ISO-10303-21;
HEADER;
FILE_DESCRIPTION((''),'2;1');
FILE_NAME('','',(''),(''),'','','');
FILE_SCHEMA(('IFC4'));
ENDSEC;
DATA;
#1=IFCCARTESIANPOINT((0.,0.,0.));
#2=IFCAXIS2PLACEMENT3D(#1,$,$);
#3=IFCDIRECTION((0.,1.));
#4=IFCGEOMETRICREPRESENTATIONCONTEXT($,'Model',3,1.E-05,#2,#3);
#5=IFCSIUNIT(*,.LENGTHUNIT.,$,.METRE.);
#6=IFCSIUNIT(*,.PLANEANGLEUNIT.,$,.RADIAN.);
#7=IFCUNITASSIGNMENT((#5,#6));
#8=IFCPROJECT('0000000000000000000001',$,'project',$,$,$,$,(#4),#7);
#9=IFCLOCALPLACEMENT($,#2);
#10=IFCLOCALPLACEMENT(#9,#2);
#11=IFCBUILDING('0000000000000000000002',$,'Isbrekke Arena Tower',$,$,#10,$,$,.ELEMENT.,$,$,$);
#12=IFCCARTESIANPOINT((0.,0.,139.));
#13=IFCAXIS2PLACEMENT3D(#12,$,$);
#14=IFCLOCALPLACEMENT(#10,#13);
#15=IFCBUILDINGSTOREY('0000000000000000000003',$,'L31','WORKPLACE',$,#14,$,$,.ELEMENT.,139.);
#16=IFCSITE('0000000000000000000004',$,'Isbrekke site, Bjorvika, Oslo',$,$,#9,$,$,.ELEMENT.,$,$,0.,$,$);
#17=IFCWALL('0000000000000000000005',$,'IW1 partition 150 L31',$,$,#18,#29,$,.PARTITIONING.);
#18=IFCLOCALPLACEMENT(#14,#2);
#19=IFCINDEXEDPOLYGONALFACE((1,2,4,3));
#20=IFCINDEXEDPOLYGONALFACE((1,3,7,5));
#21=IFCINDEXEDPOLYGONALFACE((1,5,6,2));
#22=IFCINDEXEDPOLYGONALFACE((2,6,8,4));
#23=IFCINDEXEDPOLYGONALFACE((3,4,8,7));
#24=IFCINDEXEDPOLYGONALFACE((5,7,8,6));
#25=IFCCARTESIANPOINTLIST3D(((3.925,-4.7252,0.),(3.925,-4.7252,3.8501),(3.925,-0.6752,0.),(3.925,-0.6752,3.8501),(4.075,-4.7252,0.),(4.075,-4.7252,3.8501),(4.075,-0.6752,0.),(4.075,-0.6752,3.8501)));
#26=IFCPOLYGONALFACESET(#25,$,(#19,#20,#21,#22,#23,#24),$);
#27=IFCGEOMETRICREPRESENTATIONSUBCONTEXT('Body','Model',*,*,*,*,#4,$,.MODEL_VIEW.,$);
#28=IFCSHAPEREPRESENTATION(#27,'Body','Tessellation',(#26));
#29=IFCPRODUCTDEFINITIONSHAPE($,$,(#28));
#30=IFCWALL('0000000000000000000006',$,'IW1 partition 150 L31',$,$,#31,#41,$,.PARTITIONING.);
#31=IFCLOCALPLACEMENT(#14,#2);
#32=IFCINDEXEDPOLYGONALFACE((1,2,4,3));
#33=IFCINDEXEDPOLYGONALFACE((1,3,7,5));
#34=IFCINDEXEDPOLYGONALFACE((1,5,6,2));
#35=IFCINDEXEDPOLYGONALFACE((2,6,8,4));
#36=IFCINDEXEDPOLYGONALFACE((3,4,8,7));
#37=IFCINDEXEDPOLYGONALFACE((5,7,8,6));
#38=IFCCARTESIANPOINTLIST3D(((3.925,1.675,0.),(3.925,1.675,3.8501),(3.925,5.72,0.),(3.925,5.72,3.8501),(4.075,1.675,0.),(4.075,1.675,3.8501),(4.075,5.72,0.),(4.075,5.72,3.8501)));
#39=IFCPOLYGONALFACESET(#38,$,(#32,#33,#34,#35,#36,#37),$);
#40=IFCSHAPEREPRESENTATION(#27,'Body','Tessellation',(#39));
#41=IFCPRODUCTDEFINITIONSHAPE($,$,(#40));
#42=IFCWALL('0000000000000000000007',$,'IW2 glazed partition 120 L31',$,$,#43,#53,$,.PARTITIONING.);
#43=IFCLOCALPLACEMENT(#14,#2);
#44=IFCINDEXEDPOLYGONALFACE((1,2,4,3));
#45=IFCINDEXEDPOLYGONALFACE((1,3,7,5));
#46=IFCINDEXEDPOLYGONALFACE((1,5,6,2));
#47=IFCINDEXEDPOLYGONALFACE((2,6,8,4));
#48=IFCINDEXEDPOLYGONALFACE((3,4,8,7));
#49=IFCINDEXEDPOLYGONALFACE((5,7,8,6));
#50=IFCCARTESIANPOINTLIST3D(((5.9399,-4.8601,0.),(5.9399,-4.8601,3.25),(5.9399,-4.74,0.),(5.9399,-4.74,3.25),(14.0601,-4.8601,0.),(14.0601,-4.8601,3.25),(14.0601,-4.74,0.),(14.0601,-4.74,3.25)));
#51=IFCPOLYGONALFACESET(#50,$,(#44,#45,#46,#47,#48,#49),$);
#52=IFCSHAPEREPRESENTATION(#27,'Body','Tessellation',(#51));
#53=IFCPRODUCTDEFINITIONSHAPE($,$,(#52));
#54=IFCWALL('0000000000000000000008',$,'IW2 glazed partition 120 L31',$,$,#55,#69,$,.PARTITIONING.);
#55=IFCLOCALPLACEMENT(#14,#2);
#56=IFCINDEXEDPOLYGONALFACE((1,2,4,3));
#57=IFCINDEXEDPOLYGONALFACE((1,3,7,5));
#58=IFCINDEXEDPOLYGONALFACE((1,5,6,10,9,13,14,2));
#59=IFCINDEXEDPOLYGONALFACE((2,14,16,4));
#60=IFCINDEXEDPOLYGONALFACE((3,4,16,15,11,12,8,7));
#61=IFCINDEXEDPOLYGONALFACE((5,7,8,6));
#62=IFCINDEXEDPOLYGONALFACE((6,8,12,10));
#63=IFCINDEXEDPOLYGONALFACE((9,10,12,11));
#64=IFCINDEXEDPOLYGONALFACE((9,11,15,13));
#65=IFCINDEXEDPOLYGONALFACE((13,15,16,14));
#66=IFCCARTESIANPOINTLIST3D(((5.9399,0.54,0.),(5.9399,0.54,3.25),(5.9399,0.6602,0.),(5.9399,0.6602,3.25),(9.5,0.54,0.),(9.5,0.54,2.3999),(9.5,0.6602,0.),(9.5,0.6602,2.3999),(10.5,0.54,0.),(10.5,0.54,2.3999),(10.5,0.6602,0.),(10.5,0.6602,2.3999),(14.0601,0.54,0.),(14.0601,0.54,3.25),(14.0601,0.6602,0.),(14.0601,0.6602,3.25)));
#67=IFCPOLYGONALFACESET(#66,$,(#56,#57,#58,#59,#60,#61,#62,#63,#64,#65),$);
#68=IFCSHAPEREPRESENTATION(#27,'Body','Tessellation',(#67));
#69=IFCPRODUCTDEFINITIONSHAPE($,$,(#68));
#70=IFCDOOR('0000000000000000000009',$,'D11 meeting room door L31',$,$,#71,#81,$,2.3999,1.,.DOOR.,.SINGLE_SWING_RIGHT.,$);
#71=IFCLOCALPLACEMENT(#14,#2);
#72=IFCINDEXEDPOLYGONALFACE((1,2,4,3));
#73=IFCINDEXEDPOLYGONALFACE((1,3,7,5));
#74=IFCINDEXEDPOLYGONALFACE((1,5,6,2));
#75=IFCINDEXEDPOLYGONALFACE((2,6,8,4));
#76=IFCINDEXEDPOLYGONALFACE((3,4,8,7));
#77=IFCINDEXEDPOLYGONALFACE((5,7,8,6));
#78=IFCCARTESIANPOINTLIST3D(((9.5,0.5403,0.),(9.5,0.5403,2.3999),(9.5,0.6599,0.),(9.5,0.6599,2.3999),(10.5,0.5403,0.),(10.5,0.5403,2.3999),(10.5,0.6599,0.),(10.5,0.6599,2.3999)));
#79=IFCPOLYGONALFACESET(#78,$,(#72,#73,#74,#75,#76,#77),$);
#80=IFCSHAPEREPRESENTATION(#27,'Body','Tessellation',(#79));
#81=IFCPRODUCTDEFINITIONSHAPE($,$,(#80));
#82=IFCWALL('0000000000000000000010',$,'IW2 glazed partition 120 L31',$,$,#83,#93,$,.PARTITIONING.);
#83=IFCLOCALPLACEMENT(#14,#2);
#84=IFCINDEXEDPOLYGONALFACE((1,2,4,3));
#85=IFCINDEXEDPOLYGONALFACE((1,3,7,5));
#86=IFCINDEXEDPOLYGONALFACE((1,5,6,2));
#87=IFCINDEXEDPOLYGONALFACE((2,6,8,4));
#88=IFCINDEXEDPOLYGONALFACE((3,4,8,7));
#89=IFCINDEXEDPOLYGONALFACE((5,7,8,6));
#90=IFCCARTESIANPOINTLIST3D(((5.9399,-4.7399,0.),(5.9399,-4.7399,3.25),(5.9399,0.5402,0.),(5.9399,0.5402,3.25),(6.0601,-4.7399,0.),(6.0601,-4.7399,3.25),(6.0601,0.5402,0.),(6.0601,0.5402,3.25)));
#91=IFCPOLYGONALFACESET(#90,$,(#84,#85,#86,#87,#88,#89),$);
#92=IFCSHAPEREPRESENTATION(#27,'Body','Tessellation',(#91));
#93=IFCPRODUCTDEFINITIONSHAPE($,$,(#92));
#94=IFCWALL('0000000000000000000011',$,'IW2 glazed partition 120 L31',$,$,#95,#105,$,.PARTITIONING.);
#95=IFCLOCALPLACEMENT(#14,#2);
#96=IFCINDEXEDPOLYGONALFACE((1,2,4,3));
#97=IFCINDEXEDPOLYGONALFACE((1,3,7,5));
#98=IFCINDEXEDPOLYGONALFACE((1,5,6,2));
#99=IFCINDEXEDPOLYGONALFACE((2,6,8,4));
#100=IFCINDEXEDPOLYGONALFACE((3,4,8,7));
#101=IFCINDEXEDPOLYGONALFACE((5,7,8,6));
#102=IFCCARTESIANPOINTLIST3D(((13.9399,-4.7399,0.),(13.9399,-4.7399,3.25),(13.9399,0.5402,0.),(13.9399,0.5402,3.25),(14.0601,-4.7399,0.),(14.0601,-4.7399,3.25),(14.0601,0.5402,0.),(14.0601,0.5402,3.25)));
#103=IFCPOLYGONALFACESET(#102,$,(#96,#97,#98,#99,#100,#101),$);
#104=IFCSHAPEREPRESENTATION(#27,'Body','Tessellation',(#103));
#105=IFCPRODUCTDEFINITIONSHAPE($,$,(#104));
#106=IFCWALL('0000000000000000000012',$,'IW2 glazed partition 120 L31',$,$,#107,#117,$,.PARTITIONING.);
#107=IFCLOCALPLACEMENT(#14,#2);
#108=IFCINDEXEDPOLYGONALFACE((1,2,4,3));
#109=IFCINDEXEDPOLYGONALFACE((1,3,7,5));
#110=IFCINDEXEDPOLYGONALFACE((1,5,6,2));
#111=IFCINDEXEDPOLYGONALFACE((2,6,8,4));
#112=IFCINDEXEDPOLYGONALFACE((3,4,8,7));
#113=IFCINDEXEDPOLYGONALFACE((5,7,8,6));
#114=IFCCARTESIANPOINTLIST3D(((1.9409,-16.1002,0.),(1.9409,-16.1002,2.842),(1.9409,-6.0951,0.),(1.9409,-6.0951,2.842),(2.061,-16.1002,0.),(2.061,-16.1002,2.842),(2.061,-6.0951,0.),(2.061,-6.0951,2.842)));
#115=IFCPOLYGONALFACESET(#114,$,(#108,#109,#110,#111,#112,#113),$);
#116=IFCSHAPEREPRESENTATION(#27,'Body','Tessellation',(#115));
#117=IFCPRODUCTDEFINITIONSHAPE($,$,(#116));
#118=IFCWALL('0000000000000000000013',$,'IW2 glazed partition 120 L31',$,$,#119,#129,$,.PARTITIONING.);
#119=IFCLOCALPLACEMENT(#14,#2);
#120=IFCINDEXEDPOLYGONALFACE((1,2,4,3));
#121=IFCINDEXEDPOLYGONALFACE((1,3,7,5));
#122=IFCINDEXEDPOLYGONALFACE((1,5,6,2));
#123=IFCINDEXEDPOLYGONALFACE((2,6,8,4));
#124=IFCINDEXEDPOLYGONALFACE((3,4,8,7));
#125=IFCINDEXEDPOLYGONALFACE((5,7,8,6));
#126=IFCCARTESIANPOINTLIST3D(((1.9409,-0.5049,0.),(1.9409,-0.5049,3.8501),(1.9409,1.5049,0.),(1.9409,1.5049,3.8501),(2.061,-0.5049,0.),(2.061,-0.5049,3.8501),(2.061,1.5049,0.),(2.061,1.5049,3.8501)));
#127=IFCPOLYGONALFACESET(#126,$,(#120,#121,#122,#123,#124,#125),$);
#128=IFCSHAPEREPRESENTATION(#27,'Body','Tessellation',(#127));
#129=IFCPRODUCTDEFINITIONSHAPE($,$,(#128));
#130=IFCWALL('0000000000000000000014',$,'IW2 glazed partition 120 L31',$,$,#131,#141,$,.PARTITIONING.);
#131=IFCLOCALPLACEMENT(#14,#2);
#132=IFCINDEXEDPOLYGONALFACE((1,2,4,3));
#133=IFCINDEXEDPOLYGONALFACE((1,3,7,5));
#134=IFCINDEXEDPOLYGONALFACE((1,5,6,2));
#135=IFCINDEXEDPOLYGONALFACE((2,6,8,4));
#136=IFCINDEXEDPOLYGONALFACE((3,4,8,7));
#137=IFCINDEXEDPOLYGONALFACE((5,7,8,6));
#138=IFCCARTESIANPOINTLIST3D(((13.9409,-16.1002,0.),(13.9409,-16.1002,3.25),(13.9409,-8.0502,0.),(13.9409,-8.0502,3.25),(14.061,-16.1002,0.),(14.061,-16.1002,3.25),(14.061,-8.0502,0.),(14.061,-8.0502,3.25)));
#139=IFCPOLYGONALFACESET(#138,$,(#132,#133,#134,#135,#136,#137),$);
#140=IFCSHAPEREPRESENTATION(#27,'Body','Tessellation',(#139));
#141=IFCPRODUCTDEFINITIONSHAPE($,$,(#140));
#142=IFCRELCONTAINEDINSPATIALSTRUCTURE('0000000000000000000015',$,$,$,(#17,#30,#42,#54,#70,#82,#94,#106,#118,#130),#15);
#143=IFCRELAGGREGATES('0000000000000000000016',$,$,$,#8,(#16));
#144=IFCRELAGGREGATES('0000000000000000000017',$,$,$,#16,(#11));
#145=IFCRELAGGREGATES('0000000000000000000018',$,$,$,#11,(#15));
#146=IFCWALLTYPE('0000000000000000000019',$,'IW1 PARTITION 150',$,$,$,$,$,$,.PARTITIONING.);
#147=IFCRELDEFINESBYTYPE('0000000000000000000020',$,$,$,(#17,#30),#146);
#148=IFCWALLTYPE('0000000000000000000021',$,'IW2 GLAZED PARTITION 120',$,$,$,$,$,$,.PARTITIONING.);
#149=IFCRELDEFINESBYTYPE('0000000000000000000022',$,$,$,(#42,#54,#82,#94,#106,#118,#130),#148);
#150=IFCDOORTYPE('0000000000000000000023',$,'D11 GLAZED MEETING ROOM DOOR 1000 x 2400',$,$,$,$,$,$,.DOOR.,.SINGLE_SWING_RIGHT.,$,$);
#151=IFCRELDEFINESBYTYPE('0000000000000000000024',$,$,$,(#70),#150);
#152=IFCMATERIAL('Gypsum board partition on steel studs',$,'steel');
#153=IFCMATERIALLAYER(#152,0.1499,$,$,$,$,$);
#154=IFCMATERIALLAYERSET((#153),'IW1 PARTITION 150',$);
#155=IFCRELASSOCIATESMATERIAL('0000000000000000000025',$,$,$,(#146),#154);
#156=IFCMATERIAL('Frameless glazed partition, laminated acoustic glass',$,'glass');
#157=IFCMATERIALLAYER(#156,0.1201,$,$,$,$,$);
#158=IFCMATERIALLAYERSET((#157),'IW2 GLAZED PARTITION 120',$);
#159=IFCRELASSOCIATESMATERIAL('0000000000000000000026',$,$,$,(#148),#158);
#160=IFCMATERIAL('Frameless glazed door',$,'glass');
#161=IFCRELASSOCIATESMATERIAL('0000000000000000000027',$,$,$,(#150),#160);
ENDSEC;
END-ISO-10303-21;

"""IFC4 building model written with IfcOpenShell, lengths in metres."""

from ifc_helpers import new_model, si_unit, direction, frame, frame_2d, origin, place, context, subcontext, project, spatial, rectangle, extrude, material, layer, layer_set, type_object, element, fill, save


model = new_model("IFC4")

# Units and contexts
model_context = context("Model", 3, precision=1e-05, world=origin(), true_north=direction((0.0, 1.0)))
body_context = subcontext(model_context, "Body", "Model", "MODEL_VIEW")
ifc_project = project(units=[si_unit("LENGTHUNIT", "METRE"), si_unit("PLANEANGLEUNIT", "RADIAN")], contexts=[model_context])

# Site, building, storey
site_placement = place(None, origin())
site = spatial("IfcSite", under=ifc_project, at=site_placement, Name="Isbrekke site, Bjorvika, Oslo", CompositionType="ELEMENT", RefElevation=0.0)
building_placement = place(site_placement, origin())
building = spatial("IfcBuilding", under=site, at=building_placement, Name="Isbrekke Arena Tower", CompositionType="ELEMENT")
storey_placement = place(building_placement, frame((0.0, 0.0, 139.0)))
storey = spatial("IfcBuildingStorey", under=building, at=storey_placement, Name="L31", Description="WORKPLACE", CompositionType="ELEMENT", Elevation=139.0)

# Walls
ifc_material_1 = material(Name="Gypsum board partition on steel studs", Category="steel")
ifc_layer_1 = layer(ifc_material_1, 0.1499)
ifc_layer_set_1 = layer_set([ifc_layer_1], Name="IW1 PARTITION 150")
wall_type_1 = type_object("IfcWallType", Name="IW1 PARTITION 150", PredefinedType="PARTITIONING", material=ifc_layer_set_1)
wall_1_placement = place(storey_placement, frame((4.0, -4.7251, 0.0), z_axis=(0.0, 0.0, 1.0), x_axis=(0.0, 1.0, 0.0)))
element("IfcWall", 1, at=wall_1_placement, inside=storey, type_object=wall_type_1, Name="IW1 partition 150 L31", PredefinedType="PARTITIONING", context=body_context, shape_type="SweptSolid", body=[
    extrude(rectangle(XDim=4.05, YDim=0.1499, at=frame_2d((2.0249, 0.0))), origin(), (0.0, 0.0, 1.0), 3.8501),
])
wall_2_placement = place(storey_placement, frame((4.0, 1.675, 0.0), z_axis=(0.0, 0.0, 1.0), x_axis=(0.0, 1.0, 0.0)))
element("IfcWall", 2, at=wall_2_placement, inside=storey, type_object=wall_type_1, Name="IW1 partition 150 L31", PredefinedType="PARTITIONING", context=body_context, shape_type="SweptSolid", body=[
    extrude(rectangle(XDim=4.0449, YDim=0.1499, at=frame_2d((2.0225, 0.0))), origin(), (0.0, 0.0, 1.0), 3.8501),
])
ifc_material_2 = material(Name="Frameless glazed partition, laminated acoustic glass", Category="glass")
ifc_layer_2 = layer(ifc_material_2, 0.1201)
ifc_layer_set_2 = layer_set([ifc_layer_2], Name="IW2 GLAZED PARTITION 120")
wall_type_2 = type_object("IfcWallType", Name="IW2 GLAZED PARTITION 120", PredefinedType="PARTITIONING", material=ifc_layer_set_2)
wall_3_placement = place(storey_placement, frame((5.9399, -4.8, 0.0), z_axis=(0.0, 0.0, 1.0), x_axis=(1.0, 0.0, 0.0)))
element("IfcWall", 3, at=wall_3_placement, inside=storey, type_object=wall_type_2, Name="IW2 glazed partition 120 L31", PredefinedType="PARTITIONING", context=body_context, shape_type="SweptSolid", body=[
    extrude(rectangle(XDim=8.1201, YDim=0.1201, at=frame_2d((4.0601, 0.0))), origin(), (0.0, 0.0, 1.0), 3.25),
])

# Wall, opening, door
wall_4_placement = place(storey_placement, frame((5.9399, 0.6001, 0.0), z_axis=(0.0, 0.0, 1.0), x_axis=(1.0, 0.0, 0.0)))
wall_4 = element("IfcWall", 4, at=wall_4_placement, inside=storey, type_object=wall_type_2, Name="IW2 glazed partition 120 L31", PredefinedType="PARTITIONING", context=body_context, shape_type="SweptSolid", body=[
    extrude(rectangle(XDim=8.1201, YDim=0.1201, at=frame_2d((4.0601, 0.0))), origin(), (0.0, 0.0, 1.0), 3.25),
])
opening_placement = place(wall_4_placement, frame((3.5601, 0.0, 0.0)))
opening = element("IfcOpeningElement", 5, at=opening_placement, cuts=wall_4, PredefinedType="OPENING", context=body_context, shape_type="SweptSolid", body=[
    extrude(rectangle(XDim=1.0, YDim=2.3999, at=frame_2d((0.5, 1.2))), frame((0.0, 0.075, 0.0), z_axis=(0.0, -1.0, 0.0), x_axis=(1.0, 0.0, 0.0)), (0.0, 0.0, 1.0), 0.1499),
])
ifc_material_3 = material(Name="Frameless glazed door", Category="glass")
door_type = type_object("IfcDoorType", Name="D11 GLAZED MEETING ROOM DOOR 1000 x 2400", OperationType="SINGLE_SWING_RIGHT", PredefinedType="DOOR", material=ifc_material_3)
door_placement = place(opening_placement, origin())
door = element("IfcDoor", 6, at=door_placement, inside=storey, type_object=door_type, Name="D11 meeting room door L31", OperationType="SINGLE_SWING_RIGHT", OverallHeight=2.3999, OverallWidth=1.0, PredefinedType="DOOR", context=body_context, shape_type="SweptSolid", body=[
    extrude(rectangle(XDim=1.0, YDim=2.3999, at=frame_2d((0.5, 1.2))), frame((0.0, 0.0598, 0.0), z_axis=(0.0, -1.0, 0.0), x_axis=(1.0, 0.0, 0.0)), (0.0, 0.0, 1.0), 0.1196),
])
fill(opening, door)

# Walls
for number, where, z_axis, x_axis, name in (
    (7, (6.0, -4.74, 0.0), (0.0, 0.0, 1.0), (0.0, 1.0, 0.0), "IW2 glazed partition 120 L31"),
    (8, (14.0, -4.74, 0.0), (0.0, 0.0, 1.0), (0.0, 1.0, 0.0), "IW2 glazed partition 120 L31"),
):
    element("IfcWall", number, at=place(storey_placement, frame(where, z_axis=z_axis, x_axis=x_axis)), inside=storey, type_object=wall_type_2, Name=name, PredefinedType="PARTITIONING", context=body_context, shape_type="SweptSolid", body=[
        extrude(rectangle(XDim=5.28, YDim=0.1201, at=frame_2d((2.6401, 0.0))), origin(), (0.0, 0.0, 1.0), 3.25),
    ])
wall_5_placement = place(storey_placement, frame((2.001, -16.1001, 0.0), z_axis=(0.0, 0.0, 1.0), x_axis=(0.0, 1.0, 0.0)))
element("IfcWall", 9, at=wall_5_placement, inside=storey, type_object=wall_type_2, Name="IW2 glazed partition 120 L31", PredefinedType="PARTITIONING", context=body_context, shape_type="SweptSolid", body=[
    extrude(rectangle(XDim=10.0051, YDim=0.1201, at=frame_2d((5.0024, 0.0))), origin(), (0.0, 0.0, 1.0), 2.842),
])
wall_6_placement = place(storey_placement, frame((2.001, -0.5049, 0.0), z_axis=(0.0, 0.0, 1.0), x_axis=(0.0, 1.0, 0.0)))
element("IfcWall", 10, at=wall_6_placement, inside=storey, type_object=wall_type_2, Name="IW2 glazed partition 120 L31", PredefinedType="PARTITIONING", context=body_context, shape_type="SweptSolid", body=[
    extrude(rectangle(XDim=2.0098, YDim=0.1201, at=frame_2d((1.0049, 0.0))), origin(), (0.0, 0.0, 1.0), 3.8501),
])
wall_7_placement = place(storey_placement, frame((14.001, -16.1001, 0.0), z_axis=(0.0, 0.0, 1.0), x_axis=(0.0, 1.0, 0.0)))
element("IfcWall", 11, at=wall_7_placement, inside=storey, type_object=wall_type_2, Name="IW2 glazed partition 120 L31", PredefinedType="PARTITIONING", context=body_context, shape_type="SweptSolid", body=[
    extrude(rectangle(XDim=8.05, YDim=0.1201, at=frame_2d((4.0249, 0.0))), origin(), (0.0, 0.0, 1.0), 3.25),
])

save(model, "model.ifc")
